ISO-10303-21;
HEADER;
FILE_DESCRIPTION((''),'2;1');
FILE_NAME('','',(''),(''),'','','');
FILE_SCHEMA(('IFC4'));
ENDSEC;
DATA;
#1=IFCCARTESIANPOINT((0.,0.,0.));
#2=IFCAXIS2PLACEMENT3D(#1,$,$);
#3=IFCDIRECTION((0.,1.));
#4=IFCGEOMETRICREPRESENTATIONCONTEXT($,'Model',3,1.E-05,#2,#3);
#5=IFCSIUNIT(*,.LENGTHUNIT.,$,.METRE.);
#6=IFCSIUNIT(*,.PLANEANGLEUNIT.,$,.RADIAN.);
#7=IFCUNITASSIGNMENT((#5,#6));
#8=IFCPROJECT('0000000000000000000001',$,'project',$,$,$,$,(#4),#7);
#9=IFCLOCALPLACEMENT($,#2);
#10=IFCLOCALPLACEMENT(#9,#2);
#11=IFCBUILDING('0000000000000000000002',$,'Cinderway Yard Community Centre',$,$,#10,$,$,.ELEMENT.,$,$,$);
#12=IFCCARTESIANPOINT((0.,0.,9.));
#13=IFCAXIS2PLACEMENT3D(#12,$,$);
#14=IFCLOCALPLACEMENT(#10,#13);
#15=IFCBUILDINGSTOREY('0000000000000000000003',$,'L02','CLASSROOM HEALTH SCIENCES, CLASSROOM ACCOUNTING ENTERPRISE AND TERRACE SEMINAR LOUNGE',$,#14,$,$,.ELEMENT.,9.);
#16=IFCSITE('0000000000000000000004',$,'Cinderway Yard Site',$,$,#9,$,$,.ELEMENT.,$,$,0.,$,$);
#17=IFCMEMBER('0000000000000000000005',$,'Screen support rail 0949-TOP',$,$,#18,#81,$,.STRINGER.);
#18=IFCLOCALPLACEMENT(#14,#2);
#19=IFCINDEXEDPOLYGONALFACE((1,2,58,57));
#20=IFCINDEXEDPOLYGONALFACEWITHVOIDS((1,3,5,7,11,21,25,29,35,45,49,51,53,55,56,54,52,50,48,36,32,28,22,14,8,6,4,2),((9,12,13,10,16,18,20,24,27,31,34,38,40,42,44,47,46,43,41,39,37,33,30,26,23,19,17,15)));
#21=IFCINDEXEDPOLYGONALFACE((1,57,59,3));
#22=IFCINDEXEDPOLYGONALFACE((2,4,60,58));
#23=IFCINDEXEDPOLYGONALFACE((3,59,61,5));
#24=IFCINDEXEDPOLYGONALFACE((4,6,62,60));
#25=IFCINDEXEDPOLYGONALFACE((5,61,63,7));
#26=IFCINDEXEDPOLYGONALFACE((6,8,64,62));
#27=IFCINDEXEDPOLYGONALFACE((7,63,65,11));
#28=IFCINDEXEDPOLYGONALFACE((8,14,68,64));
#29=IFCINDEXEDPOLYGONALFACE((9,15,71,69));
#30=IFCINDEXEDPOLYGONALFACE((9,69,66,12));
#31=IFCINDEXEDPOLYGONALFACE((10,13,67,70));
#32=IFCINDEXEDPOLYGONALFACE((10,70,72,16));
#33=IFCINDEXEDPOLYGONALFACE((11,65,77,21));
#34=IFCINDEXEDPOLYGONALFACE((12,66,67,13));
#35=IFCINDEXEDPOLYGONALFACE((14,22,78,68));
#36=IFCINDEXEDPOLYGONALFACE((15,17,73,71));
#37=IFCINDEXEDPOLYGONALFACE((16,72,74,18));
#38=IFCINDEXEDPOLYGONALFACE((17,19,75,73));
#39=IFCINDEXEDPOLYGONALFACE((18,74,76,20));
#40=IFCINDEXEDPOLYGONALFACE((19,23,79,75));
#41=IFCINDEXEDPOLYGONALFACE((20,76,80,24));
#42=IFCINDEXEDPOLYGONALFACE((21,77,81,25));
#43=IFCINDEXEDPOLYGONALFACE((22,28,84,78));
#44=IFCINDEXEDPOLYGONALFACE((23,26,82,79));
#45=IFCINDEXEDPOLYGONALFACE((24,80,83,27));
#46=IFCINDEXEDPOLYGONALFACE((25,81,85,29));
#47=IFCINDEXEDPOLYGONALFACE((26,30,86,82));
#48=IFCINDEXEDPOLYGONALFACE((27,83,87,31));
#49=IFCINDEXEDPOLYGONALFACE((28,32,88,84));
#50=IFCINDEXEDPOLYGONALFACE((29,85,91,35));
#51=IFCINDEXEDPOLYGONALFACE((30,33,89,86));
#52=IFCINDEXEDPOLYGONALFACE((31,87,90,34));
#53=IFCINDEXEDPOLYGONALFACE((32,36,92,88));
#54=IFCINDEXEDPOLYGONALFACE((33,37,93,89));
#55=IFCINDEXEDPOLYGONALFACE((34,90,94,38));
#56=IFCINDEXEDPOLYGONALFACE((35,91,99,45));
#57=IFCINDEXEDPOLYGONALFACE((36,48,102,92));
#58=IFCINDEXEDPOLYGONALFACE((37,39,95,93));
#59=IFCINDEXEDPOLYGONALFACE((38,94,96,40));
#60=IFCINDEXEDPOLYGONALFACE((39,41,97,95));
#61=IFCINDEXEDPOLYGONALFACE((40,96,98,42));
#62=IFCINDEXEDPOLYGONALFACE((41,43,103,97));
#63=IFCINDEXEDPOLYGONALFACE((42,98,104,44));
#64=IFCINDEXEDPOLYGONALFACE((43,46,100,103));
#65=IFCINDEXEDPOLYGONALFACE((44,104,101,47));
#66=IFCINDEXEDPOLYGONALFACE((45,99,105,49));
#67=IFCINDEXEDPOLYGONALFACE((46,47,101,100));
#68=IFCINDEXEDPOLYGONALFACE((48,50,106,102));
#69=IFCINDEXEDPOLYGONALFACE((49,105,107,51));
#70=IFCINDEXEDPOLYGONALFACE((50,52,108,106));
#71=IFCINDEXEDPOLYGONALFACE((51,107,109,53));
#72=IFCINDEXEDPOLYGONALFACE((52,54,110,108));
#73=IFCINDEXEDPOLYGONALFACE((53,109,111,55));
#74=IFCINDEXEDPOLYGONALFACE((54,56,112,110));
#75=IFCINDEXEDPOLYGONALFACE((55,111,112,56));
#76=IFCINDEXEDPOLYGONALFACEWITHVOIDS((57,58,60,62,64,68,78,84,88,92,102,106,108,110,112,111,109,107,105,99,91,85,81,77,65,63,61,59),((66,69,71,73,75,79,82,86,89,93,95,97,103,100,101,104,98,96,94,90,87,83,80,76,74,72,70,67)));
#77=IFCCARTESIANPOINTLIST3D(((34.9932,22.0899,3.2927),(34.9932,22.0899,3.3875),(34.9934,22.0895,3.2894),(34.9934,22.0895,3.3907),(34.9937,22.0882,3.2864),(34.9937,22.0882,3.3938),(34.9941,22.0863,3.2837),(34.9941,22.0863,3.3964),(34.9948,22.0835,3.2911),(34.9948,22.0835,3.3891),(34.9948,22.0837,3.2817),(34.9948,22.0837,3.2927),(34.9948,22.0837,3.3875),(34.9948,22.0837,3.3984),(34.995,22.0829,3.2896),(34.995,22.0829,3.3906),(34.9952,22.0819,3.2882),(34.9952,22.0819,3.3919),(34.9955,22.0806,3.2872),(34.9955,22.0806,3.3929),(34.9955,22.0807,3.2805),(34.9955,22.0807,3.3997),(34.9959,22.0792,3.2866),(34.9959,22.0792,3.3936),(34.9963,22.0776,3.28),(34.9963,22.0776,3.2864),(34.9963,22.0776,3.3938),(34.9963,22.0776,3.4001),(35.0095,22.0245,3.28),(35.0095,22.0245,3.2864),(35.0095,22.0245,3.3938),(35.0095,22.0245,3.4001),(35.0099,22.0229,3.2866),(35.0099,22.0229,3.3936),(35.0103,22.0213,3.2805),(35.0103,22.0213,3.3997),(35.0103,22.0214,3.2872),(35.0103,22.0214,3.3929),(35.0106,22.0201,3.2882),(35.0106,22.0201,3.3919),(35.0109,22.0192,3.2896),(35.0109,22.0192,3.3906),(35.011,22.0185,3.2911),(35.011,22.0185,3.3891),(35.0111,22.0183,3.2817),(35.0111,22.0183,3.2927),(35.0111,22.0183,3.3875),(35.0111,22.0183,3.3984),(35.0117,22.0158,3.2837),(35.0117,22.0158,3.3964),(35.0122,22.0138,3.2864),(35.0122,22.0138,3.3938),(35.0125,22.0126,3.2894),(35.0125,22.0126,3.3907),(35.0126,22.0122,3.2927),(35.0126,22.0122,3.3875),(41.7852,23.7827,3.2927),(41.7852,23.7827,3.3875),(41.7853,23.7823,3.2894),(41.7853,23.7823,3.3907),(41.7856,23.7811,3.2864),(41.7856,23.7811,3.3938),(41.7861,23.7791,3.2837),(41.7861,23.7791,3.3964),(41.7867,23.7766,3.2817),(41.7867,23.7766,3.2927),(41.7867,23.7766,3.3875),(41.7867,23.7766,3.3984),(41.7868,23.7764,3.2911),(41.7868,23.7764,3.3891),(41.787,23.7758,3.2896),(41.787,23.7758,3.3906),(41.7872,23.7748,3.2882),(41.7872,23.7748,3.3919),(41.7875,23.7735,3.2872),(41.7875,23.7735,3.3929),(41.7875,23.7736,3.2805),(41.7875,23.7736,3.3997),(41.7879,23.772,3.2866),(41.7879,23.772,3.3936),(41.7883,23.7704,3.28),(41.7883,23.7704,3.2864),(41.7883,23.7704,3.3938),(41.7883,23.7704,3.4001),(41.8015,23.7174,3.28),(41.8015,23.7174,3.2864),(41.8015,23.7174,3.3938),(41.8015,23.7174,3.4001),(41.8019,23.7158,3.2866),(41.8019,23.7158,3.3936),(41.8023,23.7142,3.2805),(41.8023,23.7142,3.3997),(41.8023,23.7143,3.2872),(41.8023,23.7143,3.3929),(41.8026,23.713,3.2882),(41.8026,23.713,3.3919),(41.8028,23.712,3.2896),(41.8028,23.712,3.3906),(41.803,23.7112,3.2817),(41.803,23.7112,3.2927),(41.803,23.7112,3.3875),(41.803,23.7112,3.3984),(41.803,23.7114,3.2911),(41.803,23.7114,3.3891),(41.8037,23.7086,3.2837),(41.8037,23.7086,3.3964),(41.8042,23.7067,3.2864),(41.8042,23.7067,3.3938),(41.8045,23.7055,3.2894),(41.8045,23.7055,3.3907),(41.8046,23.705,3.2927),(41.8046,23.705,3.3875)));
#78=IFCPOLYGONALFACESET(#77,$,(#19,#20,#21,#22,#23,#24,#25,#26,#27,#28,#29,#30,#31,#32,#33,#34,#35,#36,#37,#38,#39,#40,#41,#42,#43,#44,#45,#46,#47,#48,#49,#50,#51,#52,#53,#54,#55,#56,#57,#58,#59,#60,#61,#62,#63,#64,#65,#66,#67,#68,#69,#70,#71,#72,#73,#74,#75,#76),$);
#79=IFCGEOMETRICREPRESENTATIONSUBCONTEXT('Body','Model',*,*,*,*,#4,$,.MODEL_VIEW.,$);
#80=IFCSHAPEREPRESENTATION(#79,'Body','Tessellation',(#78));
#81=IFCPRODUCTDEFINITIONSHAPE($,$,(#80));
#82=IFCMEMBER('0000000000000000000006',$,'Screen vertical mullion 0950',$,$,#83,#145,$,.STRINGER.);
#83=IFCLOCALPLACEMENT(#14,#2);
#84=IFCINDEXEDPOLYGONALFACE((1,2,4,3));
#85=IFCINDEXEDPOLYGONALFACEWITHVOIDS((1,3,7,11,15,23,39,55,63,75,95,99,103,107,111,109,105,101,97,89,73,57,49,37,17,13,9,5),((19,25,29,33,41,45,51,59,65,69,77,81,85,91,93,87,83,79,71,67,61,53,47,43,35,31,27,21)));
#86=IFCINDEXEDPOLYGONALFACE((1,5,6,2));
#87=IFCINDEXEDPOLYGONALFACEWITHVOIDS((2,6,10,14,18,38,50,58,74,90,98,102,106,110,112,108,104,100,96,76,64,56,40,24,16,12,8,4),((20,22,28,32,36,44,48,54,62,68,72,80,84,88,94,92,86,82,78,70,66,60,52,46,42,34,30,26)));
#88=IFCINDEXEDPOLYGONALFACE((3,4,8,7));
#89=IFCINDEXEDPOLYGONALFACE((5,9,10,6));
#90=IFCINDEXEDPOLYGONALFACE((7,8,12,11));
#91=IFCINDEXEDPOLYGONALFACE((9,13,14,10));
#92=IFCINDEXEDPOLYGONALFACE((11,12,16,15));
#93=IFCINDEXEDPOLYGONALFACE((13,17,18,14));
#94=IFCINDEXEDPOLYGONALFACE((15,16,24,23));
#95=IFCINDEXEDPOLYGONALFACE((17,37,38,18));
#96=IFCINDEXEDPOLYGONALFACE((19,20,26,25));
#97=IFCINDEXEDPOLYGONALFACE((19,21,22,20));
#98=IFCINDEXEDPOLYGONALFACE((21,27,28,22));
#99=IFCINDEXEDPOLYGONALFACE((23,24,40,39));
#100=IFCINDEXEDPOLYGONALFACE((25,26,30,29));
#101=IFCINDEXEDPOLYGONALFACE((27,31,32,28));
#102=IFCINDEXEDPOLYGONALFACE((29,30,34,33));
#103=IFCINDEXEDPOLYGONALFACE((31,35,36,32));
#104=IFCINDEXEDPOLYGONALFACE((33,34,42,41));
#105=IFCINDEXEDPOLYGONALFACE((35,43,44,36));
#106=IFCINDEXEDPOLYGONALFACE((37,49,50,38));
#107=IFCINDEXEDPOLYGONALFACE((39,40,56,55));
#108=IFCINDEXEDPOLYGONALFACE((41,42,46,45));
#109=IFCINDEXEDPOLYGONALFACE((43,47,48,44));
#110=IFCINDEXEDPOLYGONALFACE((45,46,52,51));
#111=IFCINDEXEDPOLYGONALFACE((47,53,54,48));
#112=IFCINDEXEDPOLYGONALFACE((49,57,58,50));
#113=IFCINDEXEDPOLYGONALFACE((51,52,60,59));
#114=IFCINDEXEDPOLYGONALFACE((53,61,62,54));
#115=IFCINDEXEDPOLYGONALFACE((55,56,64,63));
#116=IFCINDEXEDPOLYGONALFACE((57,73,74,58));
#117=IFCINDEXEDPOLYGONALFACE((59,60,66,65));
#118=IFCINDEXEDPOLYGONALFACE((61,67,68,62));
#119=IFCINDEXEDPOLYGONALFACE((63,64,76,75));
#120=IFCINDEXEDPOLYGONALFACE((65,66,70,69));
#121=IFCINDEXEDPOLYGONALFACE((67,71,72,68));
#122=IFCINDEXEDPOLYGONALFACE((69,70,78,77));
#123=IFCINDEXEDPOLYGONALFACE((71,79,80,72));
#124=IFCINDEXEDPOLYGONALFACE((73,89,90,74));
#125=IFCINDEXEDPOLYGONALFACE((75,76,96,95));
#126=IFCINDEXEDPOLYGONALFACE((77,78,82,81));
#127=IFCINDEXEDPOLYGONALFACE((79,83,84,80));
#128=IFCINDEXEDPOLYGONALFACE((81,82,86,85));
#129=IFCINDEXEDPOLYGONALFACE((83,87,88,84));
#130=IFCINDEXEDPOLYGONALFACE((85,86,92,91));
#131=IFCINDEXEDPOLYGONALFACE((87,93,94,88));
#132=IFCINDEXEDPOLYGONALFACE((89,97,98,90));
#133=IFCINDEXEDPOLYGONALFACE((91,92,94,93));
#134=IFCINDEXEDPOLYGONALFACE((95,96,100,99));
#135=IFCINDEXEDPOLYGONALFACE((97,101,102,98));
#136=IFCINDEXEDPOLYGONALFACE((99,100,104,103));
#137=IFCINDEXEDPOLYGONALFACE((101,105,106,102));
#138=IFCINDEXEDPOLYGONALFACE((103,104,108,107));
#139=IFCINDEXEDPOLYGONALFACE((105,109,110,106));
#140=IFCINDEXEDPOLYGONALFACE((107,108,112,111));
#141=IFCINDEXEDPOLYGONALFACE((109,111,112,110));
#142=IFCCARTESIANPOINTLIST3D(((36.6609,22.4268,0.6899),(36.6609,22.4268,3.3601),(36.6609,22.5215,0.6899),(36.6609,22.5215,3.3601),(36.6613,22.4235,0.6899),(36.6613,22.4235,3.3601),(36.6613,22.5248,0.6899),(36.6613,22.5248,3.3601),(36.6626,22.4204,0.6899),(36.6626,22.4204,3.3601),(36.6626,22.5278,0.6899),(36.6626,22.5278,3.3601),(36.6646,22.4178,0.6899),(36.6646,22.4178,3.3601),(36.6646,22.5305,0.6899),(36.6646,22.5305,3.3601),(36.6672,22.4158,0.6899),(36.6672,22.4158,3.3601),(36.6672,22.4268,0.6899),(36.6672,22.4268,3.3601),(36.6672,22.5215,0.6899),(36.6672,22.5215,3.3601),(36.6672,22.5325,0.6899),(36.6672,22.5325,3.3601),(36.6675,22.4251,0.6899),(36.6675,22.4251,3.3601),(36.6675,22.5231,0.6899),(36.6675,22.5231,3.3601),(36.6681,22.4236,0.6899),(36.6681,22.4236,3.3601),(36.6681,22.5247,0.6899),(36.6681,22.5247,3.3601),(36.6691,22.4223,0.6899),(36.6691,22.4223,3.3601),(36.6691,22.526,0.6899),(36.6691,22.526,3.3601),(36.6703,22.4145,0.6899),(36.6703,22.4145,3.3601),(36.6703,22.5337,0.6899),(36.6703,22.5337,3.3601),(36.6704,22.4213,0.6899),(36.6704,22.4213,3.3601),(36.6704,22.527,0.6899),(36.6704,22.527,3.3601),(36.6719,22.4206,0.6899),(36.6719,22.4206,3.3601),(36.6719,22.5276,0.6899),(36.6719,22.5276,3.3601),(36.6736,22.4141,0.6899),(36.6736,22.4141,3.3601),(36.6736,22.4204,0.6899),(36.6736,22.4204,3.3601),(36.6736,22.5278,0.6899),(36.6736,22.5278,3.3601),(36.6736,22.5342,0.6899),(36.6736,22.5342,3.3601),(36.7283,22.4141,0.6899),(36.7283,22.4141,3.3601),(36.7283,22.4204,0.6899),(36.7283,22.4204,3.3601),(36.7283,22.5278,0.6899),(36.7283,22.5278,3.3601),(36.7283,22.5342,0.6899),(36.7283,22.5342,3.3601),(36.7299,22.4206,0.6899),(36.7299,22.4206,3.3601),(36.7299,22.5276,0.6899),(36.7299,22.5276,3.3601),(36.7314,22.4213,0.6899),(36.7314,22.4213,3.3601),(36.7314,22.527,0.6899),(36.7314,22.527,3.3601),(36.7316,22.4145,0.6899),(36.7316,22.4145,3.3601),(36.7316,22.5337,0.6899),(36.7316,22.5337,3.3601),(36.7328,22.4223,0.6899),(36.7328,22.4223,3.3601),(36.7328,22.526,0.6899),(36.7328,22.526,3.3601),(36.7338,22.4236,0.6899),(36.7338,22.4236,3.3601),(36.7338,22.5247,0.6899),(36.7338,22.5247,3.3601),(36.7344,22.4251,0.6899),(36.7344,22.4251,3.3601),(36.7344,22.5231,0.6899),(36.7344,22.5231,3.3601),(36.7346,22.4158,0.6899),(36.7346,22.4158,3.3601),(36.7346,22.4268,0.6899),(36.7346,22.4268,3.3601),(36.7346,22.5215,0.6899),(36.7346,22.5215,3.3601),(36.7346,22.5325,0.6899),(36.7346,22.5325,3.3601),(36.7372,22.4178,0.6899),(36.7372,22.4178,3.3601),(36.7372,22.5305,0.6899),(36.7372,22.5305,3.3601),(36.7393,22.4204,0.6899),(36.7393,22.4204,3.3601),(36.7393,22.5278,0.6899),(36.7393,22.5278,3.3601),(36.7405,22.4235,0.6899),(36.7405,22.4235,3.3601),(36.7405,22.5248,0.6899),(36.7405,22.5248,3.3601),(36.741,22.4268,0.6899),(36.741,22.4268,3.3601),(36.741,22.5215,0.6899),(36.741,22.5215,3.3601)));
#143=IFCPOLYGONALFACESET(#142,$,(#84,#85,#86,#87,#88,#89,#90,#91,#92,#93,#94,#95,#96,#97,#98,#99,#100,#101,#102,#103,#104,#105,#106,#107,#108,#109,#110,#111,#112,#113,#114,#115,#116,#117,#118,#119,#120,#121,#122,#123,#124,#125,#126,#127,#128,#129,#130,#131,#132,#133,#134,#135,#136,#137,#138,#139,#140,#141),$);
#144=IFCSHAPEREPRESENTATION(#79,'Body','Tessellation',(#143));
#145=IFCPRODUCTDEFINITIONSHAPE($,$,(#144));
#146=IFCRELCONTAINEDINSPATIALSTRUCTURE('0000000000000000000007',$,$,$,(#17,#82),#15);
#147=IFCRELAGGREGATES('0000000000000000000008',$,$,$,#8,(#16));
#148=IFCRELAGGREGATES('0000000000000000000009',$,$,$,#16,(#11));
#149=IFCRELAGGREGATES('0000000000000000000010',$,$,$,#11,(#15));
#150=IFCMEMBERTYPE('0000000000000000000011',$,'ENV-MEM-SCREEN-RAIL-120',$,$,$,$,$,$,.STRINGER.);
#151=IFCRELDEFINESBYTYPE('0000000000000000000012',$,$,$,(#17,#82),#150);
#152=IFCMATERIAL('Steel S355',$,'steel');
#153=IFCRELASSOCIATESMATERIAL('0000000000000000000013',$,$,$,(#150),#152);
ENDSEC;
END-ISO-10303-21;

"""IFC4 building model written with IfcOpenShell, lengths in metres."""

from ifc_helpers import new_model, si_unit, direction, frame, origin, origin_2d, place, context, subcontext, project, spatial, hollow_rectangle, extrude, material, material_profile, profile_set, type_object, element, save


model = new_model("IFC4")

# Units and contexts
model_context = context("Model", 3, precision=1e-05, world=origin(), true_north=direction((0.0, 1.0)))
body_context = subcontext(model_context, "Body", "Model", "MODEL_VIEW")
ifc_project = project(units=[si_unit("LENGTHUNIT", "METRE"), si_unit("PLANEANGLEUNIT", "RADIAN")], contexts=[model_context])

# Site, building, storey
site_placement = place(None, origin())
site = spatial("IfcSite", under=ifc_project, at=site_placement, Name="Cinderway Yard Site", CompositionType="ELEMENT", RefElevation=0.0)
building_placement = place(site_placement, origin())
building = spatial("IfcBuilding", under=site, at=building_placement, Name="Cinderway Yard Community Centre", CompositionType="ELEMENT")
storey_placement = place(building_placement, frame((0.0, 0.0, 9.0)))
storey = spatial("IfcBuildingStorey", under=building, at=storey_placement, Name="L02", Description="CLASSROOM HEALTH SCIENCES, CLASSROOM ACCOUNTING ENTERPRISE AND TERRACE SEMINAR LOUNGE", CompositionType="ELEMENT", Elevation=9.0)

# Members
ifc_material_1 = material(Name="Steel S355", Category="steel")
ifc_material_profile_1 = material_profile(ifc_material_1, hollow_rectangle(XDim=0.0801, YDim=0.1201, WallThickness=0.0063, InnerFilletRadius=0.0063, OuterFilletRadius=0.0127, at=origin_2d()), Name="Steel S355")
ifc_profile_set_1 = profile_set([ifc_material_profile_1], Name="Steel S355")
member_type_1 = type_object("IfcMemberType", Name="ENV-MEM-SCREEN-RAIL-120", PredefinedType="STRINGER", material=ifc_profile_set_1)
for number, where, z_axis, x_axis, name in (
    (1, (35.0029, 22.051, 3.3401), (0.970315, 0.241846, 0.0), (-0.241846, 0.970315, 0.0), "Screen support rail 0949-TOP"),
):
    element("IfcMember", number, at=place(storey_placement, frame(where, z_axis=z_axis, x_axis=x_axis)), inside=storey, type_object=member_type_1, Name=name, PredefinedType="STRINGER", context=body_context, shape_type="SweptSolid", body=[
        extrude(hollow_rectangle(XDim=0.0801, YDim=0.1201, WallThickness=0.0063, InnerFilletRadius=0.0063, OuterFilletRadius=0.0127, at=origin_2d()), origin(), (0.0, 0.0, 1.0), 6.9998),
    ])
for number, where, z_axis, x_axis, name in (
    (2, (36.7009, 22.4741, 0.6899), (0.0, 0.0, 1.0), (1.0, 0.0, 0.0), "Screen vertical mullion 0950"),
):
    element("IfcMember", number, at=place(storey_placement, frame(where, z_axis=z_axis, x_axis=x_axis)), inside=storey, type_object=member_type_1, Name=name, PredefinedType="STRINGER", context=body_context, shape_type="SweptSolid", body=[
        extrude(hollow_rectangle(XDim=0.0801, YDim=0.1201, WallThickness=0.0063, InnerFilletRadius=0.0063, OuterFilletRadius=0.0127, at=origin_2d()), origin(), (0.0, 0.0, 1.0), 2.6702),
    ])

save(model, "model.ifc")
